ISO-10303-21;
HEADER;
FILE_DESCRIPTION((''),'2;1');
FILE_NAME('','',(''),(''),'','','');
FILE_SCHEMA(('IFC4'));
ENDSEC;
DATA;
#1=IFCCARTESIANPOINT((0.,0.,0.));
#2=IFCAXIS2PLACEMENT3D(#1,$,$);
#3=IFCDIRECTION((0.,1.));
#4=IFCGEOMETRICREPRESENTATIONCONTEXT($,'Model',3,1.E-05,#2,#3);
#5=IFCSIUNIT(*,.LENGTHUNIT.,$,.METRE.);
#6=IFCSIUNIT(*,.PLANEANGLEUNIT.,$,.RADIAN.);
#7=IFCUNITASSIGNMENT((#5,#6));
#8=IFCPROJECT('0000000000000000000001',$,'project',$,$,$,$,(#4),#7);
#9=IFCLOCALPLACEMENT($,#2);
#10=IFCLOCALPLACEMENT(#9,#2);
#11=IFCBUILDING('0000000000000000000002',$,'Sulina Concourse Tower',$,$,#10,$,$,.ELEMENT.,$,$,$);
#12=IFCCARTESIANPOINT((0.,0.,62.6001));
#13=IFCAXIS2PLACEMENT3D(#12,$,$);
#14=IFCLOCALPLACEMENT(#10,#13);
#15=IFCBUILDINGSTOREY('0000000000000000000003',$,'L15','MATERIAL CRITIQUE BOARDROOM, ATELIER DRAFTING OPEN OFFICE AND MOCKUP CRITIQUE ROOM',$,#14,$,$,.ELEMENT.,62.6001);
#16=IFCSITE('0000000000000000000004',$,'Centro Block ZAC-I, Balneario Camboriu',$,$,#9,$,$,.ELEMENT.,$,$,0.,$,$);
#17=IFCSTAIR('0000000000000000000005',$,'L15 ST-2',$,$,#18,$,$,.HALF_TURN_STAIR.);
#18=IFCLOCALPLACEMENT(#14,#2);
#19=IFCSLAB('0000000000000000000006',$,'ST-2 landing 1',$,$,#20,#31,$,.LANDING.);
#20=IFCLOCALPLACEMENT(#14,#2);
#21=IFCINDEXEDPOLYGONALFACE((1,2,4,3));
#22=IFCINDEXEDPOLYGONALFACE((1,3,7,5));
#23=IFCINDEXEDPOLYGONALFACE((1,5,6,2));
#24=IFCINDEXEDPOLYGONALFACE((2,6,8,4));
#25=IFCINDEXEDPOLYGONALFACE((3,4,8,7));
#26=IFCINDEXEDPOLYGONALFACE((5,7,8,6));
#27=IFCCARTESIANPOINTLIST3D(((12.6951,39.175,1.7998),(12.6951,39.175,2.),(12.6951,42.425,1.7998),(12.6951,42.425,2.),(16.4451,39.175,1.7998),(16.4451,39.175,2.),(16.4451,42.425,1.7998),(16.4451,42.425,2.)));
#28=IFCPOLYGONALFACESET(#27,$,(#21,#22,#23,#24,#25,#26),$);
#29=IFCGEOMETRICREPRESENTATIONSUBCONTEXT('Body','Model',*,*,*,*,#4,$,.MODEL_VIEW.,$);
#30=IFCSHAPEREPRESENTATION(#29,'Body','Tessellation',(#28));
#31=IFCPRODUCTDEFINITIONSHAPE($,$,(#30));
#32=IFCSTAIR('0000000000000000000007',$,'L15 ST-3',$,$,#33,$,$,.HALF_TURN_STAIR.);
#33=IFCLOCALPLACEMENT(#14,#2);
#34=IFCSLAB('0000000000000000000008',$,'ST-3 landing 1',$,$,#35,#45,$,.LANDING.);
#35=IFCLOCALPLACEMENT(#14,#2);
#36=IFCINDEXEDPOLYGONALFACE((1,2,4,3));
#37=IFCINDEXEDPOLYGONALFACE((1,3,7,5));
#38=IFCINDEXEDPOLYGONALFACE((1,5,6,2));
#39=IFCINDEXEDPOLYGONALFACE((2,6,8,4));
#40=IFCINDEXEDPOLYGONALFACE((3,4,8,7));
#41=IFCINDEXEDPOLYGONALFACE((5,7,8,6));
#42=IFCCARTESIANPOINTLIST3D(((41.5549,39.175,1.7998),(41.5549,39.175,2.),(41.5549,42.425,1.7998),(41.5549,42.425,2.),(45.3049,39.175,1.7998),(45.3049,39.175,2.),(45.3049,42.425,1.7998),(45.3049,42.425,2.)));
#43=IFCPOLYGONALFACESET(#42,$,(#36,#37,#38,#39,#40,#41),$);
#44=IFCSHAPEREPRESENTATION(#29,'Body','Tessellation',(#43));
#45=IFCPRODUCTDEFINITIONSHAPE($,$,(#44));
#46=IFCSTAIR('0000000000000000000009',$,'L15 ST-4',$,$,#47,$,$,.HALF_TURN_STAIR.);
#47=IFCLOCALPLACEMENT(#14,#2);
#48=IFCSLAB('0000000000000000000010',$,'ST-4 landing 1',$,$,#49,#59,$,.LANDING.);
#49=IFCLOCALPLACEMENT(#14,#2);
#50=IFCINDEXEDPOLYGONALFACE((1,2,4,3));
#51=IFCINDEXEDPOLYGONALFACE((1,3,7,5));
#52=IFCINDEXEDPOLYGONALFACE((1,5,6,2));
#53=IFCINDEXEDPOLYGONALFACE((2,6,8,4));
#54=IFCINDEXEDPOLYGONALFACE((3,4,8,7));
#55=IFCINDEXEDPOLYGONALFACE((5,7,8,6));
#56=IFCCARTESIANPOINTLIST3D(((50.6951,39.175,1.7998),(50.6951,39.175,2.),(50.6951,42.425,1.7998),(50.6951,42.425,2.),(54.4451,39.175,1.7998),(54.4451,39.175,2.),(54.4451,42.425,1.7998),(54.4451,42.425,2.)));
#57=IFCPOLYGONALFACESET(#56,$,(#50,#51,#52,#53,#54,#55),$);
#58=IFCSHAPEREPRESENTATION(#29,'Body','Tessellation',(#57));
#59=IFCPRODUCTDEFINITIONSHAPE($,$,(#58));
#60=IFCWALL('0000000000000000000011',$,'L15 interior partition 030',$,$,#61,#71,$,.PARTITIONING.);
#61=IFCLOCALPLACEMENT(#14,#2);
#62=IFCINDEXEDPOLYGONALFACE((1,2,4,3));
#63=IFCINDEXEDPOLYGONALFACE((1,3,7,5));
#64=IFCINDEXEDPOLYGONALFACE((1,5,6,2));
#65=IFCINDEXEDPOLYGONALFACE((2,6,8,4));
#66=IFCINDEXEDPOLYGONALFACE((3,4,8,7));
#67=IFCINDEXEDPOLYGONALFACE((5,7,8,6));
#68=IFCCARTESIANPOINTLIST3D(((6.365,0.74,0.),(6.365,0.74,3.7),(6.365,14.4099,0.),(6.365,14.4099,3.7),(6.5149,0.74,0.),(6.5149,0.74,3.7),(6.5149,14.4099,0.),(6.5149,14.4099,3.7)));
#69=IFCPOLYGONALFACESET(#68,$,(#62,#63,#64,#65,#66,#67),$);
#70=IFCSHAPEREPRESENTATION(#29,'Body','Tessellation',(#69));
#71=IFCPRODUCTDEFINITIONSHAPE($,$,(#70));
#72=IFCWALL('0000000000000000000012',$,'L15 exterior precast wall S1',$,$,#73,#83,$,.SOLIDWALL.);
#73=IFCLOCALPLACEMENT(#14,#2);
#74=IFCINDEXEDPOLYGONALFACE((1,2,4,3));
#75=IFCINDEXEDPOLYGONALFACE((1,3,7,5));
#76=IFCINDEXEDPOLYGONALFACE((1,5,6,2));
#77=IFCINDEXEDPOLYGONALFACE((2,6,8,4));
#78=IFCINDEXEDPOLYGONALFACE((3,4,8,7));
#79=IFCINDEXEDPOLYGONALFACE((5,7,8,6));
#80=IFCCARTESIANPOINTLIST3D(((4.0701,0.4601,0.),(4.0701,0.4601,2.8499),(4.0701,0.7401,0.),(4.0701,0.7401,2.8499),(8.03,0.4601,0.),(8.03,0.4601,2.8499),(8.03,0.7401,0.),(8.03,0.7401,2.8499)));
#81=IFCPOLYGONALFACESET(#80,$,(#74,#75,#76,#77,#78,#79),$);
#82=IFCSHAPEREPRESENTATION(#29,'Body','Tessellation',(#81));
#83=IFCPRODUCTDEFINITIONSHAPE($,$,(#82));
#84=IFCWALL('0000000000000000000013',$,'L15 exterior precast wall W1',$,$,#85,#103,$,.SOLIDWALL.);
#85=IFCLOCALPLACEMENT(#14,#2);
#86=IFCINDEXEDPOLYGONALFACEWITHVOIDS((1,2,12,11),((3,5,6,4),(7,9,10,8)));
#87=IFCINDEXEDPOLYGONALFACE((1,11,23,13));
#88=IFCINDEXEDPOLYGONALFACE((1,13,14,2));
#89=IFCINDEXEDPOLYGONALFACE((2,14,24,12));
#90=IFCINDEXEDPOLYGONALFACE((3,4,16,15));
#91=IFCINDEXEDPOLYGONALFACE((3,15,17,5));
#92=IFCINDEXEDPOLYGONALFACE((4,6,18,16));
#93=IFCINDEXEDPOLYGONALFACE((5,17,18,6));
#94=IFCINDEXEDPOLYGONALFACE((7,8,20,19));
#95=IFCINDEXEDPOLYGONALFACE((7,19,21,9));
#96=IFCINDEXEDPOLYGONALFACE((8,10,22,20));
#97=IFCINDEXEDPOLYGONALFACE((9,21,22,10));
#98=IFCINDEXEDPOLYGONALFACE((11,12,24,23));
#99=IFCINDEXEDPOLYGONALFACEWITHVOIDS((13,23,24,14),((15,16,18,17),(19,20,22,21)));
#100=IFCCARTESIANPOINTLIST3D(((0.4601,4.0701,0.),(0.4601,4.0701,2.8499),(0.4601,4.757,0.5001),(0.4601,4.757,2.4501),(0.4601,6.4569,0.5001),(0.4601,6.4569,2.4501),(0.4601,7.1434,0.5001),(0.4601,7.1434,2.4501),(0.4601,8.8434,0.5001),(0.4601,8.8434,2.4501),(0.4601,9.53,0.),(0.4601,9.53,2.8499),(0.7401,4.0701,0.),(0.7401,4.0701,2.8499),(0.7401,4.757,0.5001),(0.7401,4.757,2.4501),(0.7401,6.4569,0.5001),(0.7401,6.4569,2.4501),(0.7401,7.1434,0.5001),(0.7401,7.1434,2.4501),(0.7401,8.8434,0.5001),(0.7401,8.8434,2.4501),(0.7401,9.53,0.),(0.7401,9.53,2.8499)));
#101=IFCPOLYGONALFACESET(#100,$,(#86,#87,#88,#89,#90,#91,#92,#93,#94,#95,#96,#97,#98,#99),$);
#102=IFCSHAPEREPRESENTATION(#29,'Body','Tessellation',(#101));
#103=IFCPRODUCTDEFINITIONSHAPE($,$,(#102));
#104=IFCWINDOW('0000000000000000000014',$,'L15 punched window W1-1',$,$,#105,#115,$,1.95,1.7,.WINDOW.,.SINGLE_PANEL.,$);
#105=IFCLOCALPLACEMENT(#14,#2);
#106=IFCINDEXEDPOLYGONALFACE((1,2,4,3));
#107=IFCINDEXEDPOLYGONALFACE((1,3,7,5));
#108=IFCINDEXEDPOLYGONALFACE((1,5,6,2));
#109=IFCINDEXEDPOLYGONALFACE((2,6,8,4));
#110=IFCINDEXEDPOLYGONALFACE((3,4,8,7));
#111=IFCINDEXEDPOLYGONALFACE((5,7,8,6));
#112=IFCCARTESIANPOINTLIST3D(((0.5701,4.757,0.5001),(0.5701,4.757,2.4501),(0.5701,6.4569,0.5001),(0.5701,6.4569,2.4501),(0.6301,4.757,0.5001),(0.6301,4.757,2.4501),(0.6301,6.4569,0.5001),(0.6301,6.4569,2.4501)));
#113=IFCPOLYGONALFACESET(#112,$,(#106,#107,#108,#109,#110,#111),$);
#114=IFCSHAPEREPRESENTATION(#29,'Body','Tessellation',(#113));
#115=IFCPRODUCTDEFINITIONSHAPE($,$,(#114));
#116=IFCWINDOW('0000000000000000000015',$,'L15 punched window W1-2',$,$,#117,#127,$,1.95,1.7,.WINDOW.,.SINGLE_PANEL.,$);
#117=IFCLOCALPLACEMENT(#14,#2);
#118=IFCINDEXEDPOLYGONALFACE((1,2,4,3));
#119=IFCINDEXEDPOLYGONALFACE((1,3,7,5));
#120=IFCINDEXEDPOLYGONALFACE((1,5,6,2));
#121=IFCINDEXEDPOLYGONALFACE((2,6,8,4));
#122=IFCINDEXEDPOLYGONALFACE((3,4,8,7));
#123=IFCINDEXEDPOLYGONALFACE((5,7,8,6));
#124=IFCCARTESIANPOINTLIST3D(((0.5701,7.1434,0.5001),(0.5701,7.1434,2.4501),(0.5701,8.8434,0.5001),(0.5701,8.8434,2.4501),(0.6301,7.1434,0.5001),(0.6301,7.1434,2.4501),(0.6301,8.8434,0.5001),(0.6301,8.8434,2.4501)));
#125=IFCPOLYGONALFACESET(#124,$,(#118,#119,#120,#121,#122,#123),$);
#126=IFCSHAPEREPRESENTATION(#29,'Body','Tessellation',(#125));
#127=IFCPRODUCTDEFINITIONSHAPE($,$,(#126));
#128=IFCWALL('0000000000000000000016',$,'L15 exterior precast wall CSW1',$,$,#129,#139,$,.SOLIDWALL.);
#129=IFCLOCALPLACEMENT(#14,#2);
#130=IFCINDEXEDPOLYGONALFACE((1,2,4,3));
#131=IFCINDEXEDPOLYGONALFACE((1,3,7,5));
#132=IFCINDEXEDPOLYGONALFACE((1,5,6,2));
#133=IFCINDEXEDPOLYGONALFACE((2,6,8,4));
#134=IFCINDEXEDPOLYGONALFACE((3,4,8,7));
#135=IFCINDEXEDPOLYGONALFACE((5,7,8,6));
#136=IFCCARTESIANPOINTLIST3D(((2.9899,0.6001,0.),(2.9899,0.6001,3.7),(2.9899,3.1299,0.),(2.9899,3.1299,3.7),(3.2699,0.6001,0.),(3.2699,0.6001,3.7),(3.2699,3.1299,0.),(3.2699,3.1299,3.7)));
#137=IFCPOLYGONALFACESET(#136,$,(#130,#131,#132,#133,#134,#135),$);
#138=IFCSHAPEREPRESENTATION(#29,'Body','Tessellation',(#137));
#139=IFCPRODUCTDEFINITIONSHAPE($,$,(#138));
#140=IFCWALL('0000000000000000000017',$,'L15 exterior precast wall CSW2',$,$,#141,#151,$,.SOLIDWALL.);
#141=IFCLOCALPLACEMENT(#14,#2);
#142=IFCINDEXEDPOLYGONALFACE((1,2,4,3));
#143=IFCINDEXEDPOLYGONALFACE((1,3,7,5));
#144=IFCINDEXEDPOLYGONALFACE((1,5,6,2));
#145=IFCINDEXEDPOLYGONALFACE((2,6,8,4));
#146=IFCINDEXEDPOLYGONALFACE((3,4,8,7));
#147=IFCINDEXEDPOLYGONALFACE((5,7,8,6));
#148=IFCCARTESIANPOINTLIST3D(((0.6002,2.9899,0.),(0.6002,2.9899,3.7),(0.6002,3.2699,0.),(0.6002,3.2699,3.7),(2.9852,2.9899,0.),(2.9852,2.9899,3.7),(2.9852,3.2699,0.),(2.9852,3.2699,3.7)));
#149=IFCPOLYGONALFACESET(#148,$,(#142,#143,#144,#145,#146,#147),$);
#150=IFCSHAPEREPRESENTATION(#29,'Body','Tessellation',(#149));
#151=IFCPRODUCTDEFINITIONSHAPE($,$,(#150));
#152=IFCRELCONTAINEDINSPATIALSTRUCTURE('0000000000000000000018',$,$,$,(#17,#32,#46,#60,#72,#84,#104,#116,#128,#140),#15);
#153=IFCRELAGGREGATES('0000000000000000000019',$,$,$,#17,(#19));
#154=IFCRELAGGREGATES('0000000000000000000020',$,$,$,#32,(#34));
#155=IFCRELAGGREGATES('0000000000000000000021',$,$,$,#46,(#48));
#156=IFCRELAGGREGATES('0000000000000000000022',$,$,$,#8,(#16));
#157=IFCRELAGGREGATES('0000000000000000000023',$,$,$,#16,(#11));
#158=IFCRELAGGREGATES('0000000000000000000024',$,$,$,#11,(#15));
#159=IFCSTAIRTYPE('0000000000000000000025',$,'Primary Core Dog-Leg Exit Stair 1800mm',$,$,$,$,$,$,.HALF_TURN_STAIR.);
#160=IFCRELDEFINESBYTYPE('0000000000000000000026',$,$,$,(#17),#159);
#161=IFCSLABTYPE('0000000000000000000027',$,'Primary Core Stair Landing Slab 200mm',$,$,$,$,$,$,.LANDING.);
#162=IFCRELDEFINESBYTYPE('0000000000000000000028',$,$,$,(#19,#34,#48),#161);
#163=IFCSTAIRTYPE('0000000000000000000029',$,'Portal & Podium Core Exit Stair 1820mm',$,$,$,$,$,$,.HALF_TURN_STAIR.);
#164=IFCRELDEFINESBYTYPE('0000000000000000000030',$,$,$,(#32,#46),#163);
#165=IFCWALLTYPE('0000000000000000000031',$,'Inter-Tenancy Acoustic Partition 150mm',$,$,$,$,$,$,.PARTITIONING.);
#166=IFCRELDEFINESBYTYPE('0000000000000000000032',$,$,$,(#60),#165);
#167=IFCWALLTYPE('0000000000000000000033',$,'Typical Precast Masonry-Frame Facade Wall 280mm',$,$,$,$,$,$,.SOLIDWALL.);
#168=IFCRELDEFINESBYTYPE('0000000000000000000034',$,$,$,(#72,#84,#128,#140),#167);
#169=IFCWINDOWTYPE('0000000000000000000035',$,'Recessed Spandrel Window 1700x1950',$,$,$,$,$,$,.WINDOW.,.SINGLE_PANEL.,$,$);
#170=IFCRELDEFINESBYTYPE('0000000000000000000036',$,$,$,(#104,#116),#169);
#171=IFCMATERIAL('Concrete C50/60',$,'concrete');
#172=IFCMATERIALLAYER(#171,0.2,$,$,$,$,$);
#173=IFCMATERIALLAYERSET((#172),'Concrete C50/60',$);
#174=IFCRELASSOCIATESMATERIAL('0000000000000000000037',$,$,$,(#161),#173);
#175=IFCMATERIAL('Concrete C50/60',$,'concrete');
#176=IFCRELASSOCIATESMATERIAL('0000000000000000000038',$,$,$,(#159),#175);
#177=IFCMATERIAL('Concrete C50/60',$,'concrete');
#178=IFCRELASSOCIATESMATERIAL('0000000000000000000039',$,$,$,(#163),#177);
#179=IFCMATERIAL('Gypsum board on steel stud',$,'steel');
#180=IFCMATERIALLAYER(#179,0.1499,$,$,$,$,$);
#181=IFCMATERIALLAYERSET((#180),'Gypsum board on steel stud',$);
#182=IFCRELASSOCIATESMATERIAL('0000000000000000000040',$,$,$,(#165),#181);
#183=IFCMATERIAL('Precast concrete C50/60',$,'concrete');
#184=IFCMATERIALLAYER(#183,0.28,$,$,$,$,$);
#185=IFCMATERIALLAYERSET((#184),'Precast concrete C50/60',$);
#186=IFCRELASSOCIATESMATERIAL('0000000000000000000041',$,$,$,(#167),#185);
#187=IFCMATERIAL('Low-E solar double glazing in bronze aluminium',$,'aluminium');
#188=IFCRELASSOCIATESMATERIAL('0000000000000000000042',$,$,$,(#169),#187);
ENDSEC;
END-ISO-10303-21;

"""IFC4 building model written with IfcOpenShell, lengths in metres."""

from ifc_helpers import new_model, si_unit, direction, frame, frame_2d, origin, place, context, subcontext, project, spatial, polyline, rectangle, outline, extrude, material, layer, layer_set, type_object, element, fill, aggregate, save


model = new_model("IFC4")

# Units and contexts
model_context = context("Model", 3, precision=1e-05, world=origin(), true_north=direction((0.0, 1.0)))
body_context = subcontext(model_context, "Body", "Model", "MODEL_VIEW")
ifc_project = project(units=[si_unit("LENGTHUNIT", "METRE"), si_unit("PLANEANGLEUNIT", "RADIAN")], contexts=[model_context])

# Site, building, storey
site_placement = place(None, origin())
site = spatial("IfcSite", under=ifc_project, at=site_placement, Name="Centro Block ZAC-I, Balneario Camboriu", CompositionType="ELEMENT", RefElevation=0.0)
building_placement = place(site_placement, origin())
building = spatial("IfcBuilding", under=site, at=building_placement, Name="Sulina Concourse Tower", CompositionType="ELEMENT")
storey_placement = place(building_placement, frame((0.0, 0.0, 62.6001)))
storey = spatial("IfcBuildingStorey", under=building, at=storey_placement, Name="L15", Description="MATERIAL CRITIQUE BOARDROOM, ATELIER DRAFTING OPEN OFFICE AND MOCKUP CRITIQUE ROOM", CompositionType="ELEMENT", Elevation=62.6001)

# Shared definitions
ifc_material_1 = material(Name="Concrete C50/60", Category="concrete")
ifc_layer_1 = layer(ifc_material_1, 0.2)
ifc_layer_set_1 = layer_set([ifc_layer_1], Name="Concrete C50/60")
slab_type_1 = type_object("IfcSlabType", Name="Primary Core Stair Landing Slab 200mm", PredefinedType="LANDING", material=ifc_layer_set_1)

# Stairs, slabs
ifc_material_2 = material(Name="Concrete C50/60", Category="concrete")
stair_type_1 = type_object("IfcStairType", Name="Primary Core Dog-Leg Exit Stair 1800mm", PredefinedType="HALF_TURN_STAIR", material=ifc_material_2)
stair_1_placement = place(storey_placement, origin())
stair_1 = element("IfcStair", 1, at=stair_1_placement, inside=storey, type_object=stair_type_1, Name="L15 ST-2", PredefinedType="HALF_TURN_STAIR")
slab_1_placement = place(storey_placement, frame((0.0, 0.0, 1.7998)))
slab_1 = element("IfcSlab", 2, at=slab_1_placement, type_object=slab_type_1, Name="ST-2 landing 1", PredefinedType="LANDING", context=body_context, shape_type="SweptSolid", body=[
    extrude(outline(polyline([(16.4451, 39.175), (16.4451, 42.425), (12.6951, 42.425), (12.6951, 39.175), (16.4451, 39.175)])), origin(), (0.0, 0.0, 1.0), 0.2002),
])
aggregate(stair_1, [slab_1])
ifc_material_3 = material(Name="Concrete C50/60", Category="concrete")
stair_type_2 = type_object("IfcStairType", Name="Portal & Podium Core Exit Stair 1820mm", PredefinedType="HALF_TURN_STAIR", material=ifc_material_3)
stair_2_placement = place(storey_placement, origin())
stair_2 = element("IfcStair", 3, at=stair_2_placement, inside=storey, type_object=stair_type_2, Name="L15 ST-3", PredefinedType="HALF_TURN_STAIR")
slab_2_placement = place(storey_placement, frame((0.0, 0.0, 1.7998)))
slab_2 = element("IfcSlab", 4, at=slab_2_placement, type_object=slab_type_1, Name="ST-3 landing 1", PredefinedType="LANDING", context=body_context, shape_type="SweptSolid", body=[
    extrude(outline(polyline([(45.3049, 39.175), (45.3049, 42.425), (41.5549, 42.425), (41.5549, 39.175), (45.3049, 39.175)])), origin(), (0.0, 0.0, 1.0), 0.2002),
])
aggregate(stair_2, [slab_2])
stair_3_placement = place(storey_placement, origin())
stair_3 = element("IfcStair", 5, at=stair_3_placement, inside=storey, type_object=stair_type_2, Name="L15 ST-4", PredefinedType="HALF_TURN_STAIR")
slab_3_placement = place(storey_placement, frame((0.0, 0.0, 1.7998)))
slab_3 = element("IfcSlab", 6, at=slab_3_placement, type_object=slab_type_1, Name="ST-4 landing 1", PredefinedType="LANDING", context=body_context, shape_type="SweptSolid", body=[
    extrude(outline(polyline([(54.4451, 39.175), (54.4451, 42.425), (50.6951, 42.425), (50.6951, 39.175), (54.4451, 39.175)])), origin(), (0.0, 0.0, 1.0), 0.2002),
])
aggregate(stair_3, [slab_3])

# Walls
ifc_material_4 = material(Name="Gypsum board on steel stud", Category="steel")
ifc_layer_2 = layer(ifc_material_4, 0.1499)
ifc_layer_set_2 = layer_set([ifc_layer_2], Name="Gypsum board on steel stud")
wall_type_1 = type_object("IfcWallType", Name="Inter-Tenancy Acoustic Partition 150mm", PredefinedType="PARTITIONING", material=ifc_layer_set_2)
wall_1_placement = place(storey_placement, frame((6.4399, 0.74, 0.0), z_axis=(0.0, 0.0, 1.0), x_axis=(0.0, 1.0, 0.0)))
element("IfcWall", 7, at=wall_1_placement, inside=storey, type_object=wall_type_1, Name="L15 interior partition 030", PredefinedType="PARTITIONING", context=body_context, shape_type="SweptSolid", body=[
    extrude(rectangle(XDim=13.6699, YDim=0.1499, at=frame_2d((6.835, 0.0))), origin(), (0.0, 0.0, 1.0), 3.7),
])
ifc_material_5 = material(Name="Precast concrete C50/60", Category="concrete")
ifc_layer_3 = layer(ifc_material_5, 0.28)
ifc_layer_set_3 = layer_set([ifc_layer_3], Name="Precast concrete C50/60")
wall_type_2 = type_object("IfcWallType", Name="Typical Precast Masonry-Frame Facade Wall 280mm", PredefinedType="SOLIDWALL", material=ifc_layer_set_3)
wall_2_placement = place(storey_placement, frame((8.03, 0.6001, 0.0), z_axis=(0.0, 0.0, 1.0), x_axis=(-1.0, 0.0, 0.0)))
element("IfcWall", 8, at=wall_2_placement, inside=storey, type_object=wall_type_2, Name="L15 exterior precast wall S1", PredefinedType="SOLIDWALL", context=body_context, shape_type="SweptSolid", body=[
    extrude(rectangle(XDim=3.96, YDim=0.28, at=frame_2d((1.98, 0.0))), origin(), (0.0, 0.0, 1.0), 2.8499),
])

# Wall, openings, windows
wall_3_placement = place(storey_placement, frame((0.6001, 4.0701, 0.0), z_axis=(0.0, 0.0, 1.0), x_axis=(0.0, 1.0, 0.0)))
wall_3 = element("IfcWall", 9, at=wall_3_placement, inside=storey, type_object=wall_type_2, Name="L15 exterior precast wall W1", PredefinedType="SOLIDWALL", context=body_context, shape_type="SweptSolid", body=[
    extrude(rectangle(XDim=5.46, YDim=0.28, at=frame_2d((2.73, 0.0))), origin(), (0.0, 0.0, 1.0), 2.8499),
])
opening_1_placement = place(wall_3_placement, frame((0.6868, 0.0, 0.5)))
opening_1 = element("IfcOpeningElement", 10, at=opening_1_placement, cuts=wall_3, PredefinedType="OPENING", context=body_context, shape_type="SweptSolid", body=[
    extrude(rectangle(XDim=1.7, YDim=1.95, at=frame_2d((0.8501, 0.9751))), frame((0.0, 0.1499, 0.0), z_axis=(0.0, -1.0, 0.0), x_axis=(1.0, 0.0, 0.0)), (0.0, 0.0, 1.0), 0.3),
])
opening_2_placement = place(wall_3_placement, frame((3.0732, 0.0, 0.5)))
opening_2 = element("IfcOpeningElement", 11, at=opening_2_placement, cuts=wall_3, PredefinedType="OPENING", context=body_context, shape_type="SweptSolid", body=[
    extrude(rectangle(XDim=1.7, YDim=1.95, at=frame_2d((0.8501, 0.9751))), frame((0.0, 0.1499, 0.0), z_axis=(0.0, -1.0, 0.0), x_axis=(1.0, 0.0, 0.0)), (0.0, 0.0, 1.0), 0.3),
])
ifc_material_6 = material(Name="Low-E solar double glazing in bronze aluminium", Category="aluminium")
window_type = type_object("IfcWindowType", Name="Recessed Spandrel Window 1700x1950", PartitioningType="SINGLE_PANEL", PredefinedType="WINDOW", material=ifc_material_6)
window_1_placement = place(opening_1_placement, origin())
window_1 = element("IfcWindow", 12, at=window_1_placement, inside=storey, type_object=window_type, Name="L15 punched window W1-1", OverallHeight=1.95, OverallWidth=1.7, PartitioningType="SINGLE_PANEL", PredefinedType="WINDOW", context=body_context, shape_type="SweptSolid", body=[
    extrude(rectangle(XDim=1.7, YDim=1.95, at=frame_2d((0.8501, 0.9751))), frame((0.0, 0.03, 0.0), z_axis=(0.0, -1.0, 0.0), x_axis=(1.0, 0.0, 0.0)), (0.0, 0.0, 1.0), 0.0601),
])
fill(opening_1, window_1)
window_2_placement = place(opening_2_placement, origin())
window_2 = element("IfcWindow", 13, at=window_2_placement, inside=storey, type_object=window_type, Name="L15 punched window W1-2", OverallHeight=1.95, OverallWidth=1.7, PartitioningType="SINGLE_PANEL", PredefinedType="WINDOW", context=body_context, shape_type="SweptSolid", body=[
    extrude(rectangle(XDim=1.7, YDim=1.95, at=frame_2d((0.8501, 0.9751))), frame((0.0, 0.03, 0.0), z_axis=(0.0, -1.0, 0.0), x_axis=(1.0, 0.0, 0.0)), (0.0, 0.0, 1.0), 0.0601),
])
fill(opening_2, window_2)

# Walls
wall_4_placement = place(storey_placement, frame((3.1299, 0.6001, 0.0), z_axis=(0.0, 0.0, 1.0), x_axis=(0.0, 1.0, 0.0)))
element("IfcWall", 14, at=wall_4_placement, inside=storey, type_object=wall_type_2, Name="L15 exterior precast wall CSW1", PredefinedType="SOLIDWALL", context=body_context, shape_type="SweptSolid", body=[
    extrude(rectangle(XDim=2.5298, YDim=0.28, at=frame_2d((1.2649, 0.0))), origin(), (0.0, 0.0, 1.0), 3.7),
])
wall_5_placement = place(storey_placement, frame((2.9851, 3.1299, 0.0), z_axis=(0.0, 0.0, 1.0), x_axis=(-1.0, 0.0, 0.0)))
element("IfcWall", 15, at=wall_5_placement, inside=storey, type_object=wall_type_2, Name="L15 exterior precast wall CSW2", PredefinedType="SOLIDWALL", context=body_context, shape_type="SweptSolid", body=[
    extrude(rectangle(XDim=2.385, YDim=0.28, at=frame_2d((1.1924, 0.0))), origin(), (0.0, 0.0, 1.0), 3.7),
])

save(model, "model.ifc")
